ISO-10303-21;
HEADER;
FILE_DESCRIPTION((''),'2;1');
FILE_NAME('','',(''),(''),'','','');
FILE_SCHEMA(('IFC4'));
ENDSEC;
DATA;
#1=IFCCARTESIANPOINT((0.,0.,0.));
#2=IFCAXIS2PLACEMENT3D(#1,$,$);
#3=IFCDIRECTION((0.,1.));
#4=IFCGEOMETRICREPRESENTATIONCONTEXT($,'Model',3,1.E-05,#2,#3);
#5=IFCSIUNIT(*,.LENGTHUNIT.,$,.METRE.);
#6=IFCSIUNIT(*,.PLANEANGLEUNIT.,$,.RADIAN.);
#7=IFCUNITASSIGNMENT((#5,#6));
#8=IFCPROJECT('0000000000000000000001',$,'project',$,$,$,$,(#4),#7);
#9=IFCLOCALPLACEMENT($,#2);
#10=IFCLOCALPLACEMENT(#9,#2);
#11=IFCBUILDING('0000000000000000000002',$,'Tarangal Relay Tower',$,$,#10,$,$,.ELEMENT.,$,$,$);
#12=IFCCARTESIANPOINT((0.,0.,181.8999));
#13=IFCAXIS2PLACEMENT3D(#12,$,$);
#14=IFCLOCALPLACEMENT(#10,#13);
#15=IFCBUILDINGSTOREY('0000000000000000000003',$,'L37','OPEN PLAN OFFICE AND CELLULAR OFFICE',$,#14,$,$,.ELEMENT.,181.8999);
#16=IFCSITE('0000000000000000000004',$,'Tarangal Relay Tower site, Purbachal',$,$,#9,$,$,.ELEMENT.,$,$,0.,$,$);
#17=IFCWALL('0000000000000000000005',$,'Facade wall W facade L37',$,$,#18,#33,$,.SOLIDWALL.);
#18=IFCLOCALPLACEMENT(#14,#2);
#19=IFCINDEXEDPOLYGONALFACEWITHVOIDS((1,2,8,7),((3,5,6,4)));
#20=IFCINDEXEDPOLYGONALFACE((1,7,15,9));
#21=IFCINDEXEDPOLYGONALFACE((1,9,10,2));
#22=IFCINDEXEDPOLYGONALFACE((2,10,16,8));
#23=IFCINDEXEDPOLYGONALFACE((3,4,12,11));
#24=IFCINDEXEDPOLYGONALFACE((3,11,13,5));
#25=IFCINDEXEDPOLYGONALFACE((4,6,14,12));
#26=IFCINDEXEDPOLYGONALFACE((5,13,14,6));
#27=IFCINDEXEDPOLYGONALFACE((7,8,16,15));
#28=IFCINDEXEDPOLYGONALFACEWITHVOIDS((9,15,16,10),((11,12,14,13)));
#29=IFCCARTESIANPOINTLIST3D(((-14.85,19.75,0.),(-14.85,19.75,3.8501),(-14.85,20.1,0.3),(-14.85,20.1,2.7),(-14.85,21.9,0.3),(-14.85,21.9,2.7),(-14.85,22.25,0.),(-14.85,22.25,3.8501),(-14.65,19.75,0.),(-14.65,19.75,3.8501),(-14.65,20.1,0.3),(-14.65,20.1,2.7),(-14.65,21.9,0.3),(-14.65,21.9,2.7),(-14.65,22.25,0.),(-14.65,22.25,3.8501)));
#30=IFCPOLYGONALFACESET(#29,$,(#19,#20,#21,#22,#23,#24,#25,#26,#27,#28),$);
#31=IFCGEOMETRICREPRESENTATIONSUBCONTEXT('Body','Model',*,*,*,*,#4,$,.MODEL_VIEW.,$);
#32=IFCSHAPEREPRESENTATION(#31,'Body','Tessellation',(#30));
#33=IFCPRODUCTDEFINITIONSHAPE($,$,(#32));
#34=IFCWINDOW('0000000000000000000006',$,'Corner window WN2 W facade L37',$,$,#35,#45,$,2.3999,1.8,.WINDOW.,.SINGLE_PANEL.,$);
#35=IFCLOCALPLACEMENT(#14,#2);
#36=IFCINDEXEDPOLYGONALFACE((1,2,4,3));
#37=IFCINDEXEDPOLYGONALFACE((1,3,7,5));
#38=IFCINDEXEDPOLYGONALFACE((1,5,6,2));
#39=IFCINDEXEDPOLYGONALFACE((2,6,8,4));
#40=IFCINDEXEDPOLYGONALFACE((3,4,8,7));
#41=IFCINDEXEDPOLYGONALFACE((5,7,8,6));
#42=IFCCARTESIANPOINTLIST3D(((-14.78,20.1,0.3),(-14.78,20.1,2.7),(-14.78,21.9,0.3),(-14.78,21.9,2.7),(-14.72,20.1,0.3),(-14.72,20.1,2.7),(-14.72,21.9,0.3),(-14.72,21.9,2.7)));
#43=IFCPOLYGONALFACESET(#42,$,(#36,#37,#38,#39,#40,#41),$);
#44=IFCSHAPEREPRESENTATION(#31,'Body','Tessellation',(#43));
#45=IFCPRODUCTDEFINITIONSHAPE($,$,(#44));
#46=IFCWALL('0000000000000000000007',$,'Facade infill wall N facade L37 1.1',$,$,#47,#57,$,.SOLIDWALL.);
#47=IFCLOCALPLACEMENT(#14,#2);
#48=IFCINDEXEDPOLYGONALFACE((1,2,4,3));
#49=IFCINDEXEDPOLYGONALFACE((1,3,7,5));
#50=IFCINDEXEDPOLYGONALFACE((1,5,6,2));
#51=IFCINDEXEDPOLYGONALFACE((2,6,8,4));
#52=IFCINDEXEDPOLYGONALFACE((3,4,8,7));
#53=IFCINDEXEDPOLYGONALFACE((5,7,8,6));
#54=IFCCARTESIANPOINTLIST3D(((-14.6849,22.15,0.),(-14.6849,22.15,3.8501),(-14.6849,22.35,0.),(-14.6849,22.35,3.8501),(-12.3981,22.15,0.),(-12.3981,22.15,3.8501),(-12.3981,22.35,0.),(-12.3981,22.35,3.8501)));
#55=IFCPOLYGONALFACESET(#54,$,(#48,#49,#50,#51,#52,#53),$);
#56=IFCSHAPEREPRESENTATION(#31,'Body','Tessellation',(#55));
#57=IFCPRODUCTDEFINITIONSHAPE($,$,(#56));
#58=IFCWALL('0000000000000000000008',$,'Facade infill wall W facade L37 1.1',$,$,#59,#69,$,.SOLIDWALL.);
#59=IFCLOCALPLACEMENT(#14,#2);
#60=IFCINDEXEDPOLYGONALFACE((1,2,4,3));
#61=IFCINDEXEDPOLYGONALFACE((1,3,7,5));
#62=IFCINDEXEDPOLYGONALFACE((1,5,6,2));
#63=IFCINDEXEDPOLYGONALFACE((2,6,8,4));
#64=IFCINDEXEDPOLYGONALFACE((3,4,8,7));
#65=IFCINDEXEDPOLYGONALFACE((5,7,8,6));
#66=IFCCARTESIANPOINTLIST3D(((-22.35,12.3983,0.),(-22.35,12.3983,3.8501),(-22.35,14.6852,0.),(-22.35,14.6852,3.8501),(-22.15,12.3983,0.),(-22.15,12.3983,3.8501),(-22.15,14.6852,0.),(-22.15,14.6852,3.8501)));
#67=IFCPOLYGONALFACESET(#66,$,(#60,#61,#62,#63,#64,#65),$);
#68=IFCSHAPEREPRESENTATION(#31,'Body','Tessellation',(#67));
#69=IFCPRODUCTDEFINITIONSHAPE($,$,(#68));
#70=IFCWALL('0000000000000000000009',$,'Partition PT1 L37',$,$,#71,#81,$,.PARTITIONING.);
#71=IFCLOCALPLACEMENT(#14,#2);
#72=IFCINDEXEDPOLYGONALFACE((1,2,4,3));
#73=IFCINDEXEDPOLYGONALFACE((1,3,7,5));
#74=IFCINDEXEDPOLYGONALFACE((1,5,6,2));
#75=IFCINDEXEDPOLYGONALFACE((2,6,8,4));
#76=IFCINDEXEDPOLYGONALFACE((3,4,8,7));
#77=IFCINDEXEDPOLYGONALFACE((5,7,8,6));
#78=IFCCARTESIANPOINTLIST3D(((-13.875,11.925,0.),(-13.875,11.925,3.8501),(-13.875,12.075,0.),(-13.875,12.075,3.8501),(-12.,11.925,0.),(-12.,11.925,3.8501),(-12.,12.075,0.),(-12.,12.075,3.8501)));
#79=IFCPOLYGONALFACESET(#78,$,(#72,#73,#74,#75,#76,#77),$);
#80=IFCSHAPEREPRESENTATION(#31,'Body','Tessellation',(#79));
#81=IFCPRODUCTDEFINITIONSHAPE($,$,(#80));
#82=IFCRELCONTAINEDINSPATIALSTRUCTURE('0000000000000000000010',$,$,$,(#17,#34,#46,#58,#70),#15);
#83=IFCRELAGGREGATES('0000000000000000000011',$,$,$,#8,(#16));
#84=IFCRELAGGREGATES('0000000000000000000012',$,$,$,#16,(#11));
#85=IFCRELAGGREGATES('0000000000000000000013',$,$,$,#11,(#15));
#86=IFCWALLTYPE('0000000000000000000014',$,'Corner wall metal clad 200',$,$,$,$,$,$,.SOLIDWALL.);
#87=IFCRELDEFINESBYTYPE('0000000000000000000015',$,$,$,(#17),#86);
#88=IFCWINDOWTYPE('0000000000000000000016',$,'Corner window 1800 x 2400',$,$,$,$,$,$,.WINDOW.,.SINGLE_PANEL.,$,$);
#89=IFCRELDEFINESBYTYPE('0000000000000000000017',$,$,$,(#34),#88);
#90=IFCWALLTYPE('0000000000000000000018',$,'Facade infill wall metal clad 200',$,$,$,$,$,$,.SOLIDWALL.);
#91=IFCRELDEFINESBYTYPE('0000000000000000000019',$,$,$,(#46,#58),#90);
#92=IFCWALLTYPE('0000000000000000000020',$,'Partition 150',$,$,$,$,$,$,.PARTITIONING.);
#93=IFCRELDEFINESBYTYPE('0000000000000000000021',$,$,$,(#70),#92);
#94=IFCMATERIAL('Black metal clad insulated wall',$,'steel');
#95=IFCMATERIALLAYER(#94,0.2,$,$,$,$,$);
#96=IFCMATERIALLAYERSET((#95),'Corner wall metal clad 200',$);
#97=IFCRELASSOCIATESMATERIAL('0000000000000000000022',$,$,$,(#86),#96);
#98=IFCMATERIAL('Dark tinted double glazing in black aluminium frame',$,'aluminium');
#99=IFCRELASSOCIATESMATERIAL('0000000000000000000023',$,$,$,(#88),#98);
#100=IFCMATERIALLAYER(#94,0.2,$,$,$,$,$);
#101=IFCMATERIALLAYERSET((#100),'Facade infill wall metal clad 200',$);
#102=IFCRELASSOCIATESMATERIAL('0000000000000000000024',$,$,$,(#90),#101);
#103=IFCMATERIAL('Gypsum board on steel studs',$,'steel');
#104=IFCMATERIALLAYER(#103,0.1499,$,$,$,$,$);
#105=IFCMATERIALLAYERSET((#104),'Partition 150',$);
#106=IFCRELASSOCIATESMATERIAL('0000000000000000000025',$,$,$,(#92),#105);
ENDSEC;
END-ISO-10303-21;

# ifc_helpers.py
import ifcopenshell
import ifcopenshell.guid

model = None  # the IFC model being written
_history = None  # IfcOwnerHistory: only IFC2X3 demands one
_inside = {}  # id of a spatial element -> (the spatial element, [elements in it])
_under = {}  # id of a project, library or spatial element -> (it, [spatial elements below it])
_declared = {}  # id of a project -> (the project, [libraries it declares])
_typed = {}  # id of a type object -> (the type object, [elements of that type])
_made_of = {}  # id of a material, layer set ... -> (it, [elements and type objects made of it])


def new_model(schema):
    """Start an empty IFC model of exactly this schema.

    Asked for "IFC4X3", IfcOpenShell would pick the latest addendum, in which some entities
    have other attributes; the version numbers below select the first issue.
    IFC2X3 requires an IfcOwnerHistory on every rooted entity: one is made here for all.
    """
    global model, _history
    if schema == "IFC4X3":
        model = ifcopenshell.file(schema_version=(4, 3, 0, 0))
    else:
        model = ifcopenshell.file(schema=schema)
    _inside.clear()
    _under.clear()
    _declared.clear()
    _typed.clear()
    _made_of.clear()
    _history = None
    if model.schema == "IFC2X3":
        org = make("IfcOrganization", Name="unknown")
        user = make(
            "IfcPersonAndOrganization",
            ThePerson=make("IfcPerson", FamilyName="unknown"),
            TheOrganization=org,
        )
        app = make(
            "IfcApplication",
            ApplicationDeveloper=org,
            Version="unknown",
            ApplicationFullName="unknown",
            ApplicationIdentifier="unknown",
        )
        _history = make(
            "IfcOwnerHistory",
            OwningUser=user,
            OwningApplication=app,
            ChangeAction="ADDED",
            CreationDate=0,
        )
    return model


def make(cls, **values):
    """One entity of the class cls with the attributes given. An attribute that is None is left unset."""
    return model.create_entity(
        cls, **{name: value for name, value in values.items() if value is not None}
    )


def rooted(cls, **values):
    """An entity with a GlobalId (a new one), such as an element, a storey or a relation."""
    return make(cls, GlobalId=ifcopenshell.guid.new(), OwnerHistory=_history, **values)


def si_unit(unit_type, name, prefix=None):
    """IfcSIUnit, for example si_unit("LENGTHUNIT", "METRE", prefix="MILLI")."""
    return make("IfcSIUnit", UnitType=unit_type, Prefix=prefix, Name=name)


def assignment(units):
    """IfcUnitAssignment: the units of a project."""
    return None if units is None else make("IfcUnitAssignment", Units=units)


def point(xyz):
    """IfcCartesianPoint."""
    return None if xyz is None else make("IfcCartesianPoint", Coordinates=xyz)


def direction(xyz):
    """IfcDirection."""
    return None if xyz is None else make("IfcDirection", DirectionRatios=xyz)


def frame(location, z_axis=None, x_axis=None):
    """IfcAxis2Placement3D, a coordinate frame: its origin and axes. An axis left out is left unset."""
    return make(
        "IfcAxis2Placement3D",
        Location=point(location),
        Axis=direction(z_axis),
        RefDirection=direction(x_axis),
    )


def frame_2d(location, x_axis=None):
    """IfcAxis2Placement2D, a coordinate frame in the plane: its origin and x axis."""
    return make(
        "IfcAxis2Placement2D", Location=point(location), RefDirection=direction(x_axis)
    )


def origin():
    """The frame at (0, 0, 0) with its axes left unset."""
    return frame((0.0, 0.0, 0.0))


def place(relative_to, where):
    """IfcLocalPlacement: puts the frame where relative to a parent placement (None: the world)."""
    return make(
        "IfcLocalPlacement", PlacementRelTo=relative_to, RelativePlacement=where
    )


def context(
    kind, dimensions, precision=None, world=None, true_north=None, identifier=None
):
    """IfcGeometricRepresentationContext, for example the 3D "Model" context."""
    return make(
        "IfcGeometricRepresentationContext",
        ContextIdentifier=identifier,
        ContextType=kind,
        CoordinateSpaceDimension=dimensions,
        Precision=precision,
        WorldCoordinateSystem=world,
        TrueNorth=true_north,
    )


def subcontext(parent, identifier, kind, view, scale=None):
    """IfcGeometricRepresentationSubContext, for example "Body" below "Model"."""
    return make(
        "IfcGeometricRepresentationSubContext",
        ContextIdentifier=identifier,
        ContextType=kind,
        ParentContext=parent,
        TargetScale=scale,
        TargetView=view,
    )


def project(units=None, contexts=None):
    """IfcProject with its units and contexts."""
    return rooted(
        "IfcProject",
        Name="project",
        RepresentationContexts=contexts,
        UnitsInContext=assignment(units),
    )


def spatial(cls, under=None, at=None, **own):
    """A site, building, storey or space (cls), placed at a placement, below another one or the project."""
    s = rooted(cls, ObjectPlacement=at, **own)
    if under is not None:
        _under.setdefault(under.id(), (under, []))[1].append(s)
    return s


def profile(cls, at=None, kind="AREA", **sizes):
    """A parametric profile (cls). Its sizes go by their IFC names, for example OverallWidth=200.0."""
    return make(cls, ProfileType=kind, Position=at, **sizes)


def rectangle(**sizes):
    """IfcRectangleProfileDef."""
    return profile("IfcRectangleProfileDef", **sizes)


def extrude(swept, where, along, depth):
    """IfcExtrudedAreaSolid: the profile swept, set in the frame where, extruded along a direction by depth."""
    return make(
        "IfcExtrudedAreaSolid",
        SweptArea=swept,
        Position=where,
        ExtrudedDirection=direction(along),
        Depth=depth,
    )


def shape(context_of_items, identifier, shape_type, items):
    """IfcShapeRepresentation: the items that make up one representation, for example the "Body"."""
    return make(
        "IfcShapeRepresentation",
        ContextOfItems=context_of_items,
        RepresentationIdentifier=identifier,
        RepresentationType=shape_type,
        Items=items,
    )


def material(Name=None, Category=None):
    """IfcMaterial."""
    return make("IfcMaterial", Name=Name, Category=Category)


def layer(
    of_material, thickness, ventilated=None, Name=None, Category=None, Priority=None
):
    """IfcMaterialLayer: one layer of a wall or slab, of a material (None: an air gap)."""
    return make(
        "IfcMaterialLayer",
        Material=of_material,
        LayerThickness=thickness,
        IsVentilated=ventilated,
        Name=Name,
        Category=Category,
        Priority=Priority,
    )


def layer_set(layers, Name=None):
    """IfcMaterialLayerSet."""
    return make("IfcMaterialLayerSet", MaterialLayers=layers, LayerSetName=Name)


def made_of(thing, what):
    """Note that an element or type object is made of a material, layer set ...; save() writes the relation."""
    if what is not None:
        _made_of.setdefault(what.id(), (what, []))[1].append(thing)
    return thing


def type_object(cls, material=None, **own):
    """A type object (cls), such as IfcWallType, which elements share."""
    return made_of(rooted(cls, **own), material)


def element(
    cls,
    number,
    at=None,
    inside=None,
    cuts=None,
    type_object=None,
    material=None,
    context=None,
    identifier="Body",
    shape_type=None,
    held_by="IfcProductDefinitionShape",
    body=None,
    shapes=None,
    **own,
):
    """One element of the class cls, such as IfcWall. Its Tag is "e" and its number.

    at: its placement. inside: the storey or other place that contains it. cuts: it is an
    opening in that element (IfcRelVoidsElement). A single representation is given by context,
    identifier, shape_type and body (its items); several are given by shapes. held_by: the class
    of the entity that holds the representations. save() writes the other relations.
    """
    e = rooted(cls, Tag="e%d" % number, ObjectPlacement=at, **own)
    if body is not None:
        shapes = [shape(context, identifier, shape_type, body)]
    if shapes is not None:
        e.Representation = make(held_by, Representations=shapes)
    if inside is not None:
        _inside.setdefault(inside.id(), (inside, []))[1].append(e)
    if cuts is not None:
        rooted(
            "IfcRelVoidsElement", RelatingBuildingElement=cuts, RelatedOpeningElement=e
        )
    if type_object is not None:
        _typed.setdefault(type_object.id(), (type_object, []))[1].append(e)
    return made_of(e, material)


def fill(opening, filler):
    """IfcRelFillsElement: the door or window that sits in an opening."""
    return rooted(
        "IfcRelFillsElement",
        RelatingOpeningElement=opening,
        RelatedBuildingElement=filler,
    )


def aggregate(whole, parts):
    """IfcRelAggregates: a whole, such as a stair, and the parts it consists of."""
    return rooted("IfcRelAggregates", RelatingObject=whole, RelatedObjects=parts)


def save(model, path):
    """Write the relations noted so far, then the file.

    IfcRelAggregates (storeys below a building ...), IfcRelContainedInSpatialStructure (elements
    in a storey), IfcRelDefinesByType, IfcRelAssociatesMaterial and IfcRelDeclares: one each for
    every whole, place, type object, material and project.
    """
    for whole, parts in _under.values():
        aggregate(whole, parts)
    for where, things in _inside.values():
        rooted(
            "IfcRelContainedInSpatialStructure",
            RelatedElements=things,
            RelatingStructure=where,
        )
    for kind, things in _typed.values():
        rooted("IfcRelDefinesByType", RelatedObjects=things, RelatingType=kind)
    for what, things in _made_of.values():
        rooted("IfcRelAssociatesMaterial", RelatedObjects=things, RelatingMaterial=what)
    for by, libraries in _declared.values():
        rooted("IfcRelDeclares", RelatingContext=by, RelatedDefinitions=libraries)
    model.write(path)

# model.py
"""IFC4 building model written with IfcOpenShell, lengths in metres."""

from ifc_helpers import new_model, si_unit, direction, frame, frame_2d, origin, place, context, subcontext, project, spatial, rectangle, extrude, material, layer, layer_set, type_object, element, fill, save


model = new_model("IFC4")

# Units and contexts
model_context = context("Model", 3, precision=1e-05, world=origin(), true_north=direction((0.0, 1.0)))
body_context = subcontext(model_context, "Body", "Model", "MODEL_VIEW")
ifc_project = project(units=[si_unit("LENGTHUNIT", "METRE"), si_unit("PLANEANGLEUNIT", "RADIAN")], contexts=[model_context])

# Site, building, storey
site_placement = place(None, origin())
site = spatial("IfcSite", under=ifc_project, at=site_placement, Name="Tarangal Relay Tower site, Purbachal", CompositionType="ELEMENT", RefElevation=0.0)
building_placement = place(site_placement, origin())
building = spatial("IfcBuilding", under=site, at=building_placement, Name="Tarangal Relay Tower", CompositionType="ELEMENT")
storey_placement = place(building_placement, frame((0.0, 0.0, 181.8999)))
storey = spatial("IfcBuildingStorey", under=building, at=storey_placement, Name="L37", Description="OPEN PLAN OFFICE AND CELLULAR OFFICE", CompositionType="ELEMENT", Elevation=181.8999)

# Shared definitions
ifc_material_1 = material(Name="Black metal clad insulated wall", Category="steel")
ifc_layer_1 = layer(ifc_material_1, 0.2)
ifc_layer_set_1 = layer_set([ifc_layer_1], Name="Corner wall metal clad 200")
wall_type_1 = type_object("IfcWallType", Name="Corner wall metal clad 200", PredefinedType="SOLIDWALL", material=ifc_layer_set_1)

# Shared definitions
ifc_material_2 = material(Name="Dark tinted double glazing in black aluminium frame", Category="aluminium")
window_type = type_object("IfcWindowType", Name="Corner window 1800 x 2400", PartitioningType="SINGLE_PANEL", PredefinedType="WINDOW", material=ifc_material_2)

# Wall, opening, window
wall_1_placement = place(storey_placement, frame((-14.75, 19.75, 0.0), z_axis=(0.0, 0.0, 1.0), x_axis=(0.0, 1.0, 0.0)))
wall_1 = element("IfcWall", 1, at=wall_1_placement, inside=storey, type_object=wall_type_1, Name="Facade wall W facade L37", PredefinedType="SOLIDWALL", context=body_context, shape_type="SweptSolid", body=[
    extrude(rectangle(XDim=2.5, YDim=0.2, at=frame_2d((1.25, 0.0))), origin(), (0.0, 0.0, 1.0), 3.8501),
])
opening_1_placement = place(wall_1_placement, frame((0.3501, 0.0, 0.3)))
opening_1 = element("IfcOpeningElement", 2, at=opening_1_placement, cuts=wall_1, PredefinedType="OPENING", context=body_context, shape_type="SweptSolid", body=[
    extrude(rectangle(XDim=1.8, YDim=2.3999, at=frame_2d((0.8999, 1.2))), frame((0.0, 0.1099, 0.0), z_axis=(0.0, -1.0, 0.0), x_axis=(1.0, 0.0, 0.0)), (0.0, 0.0, 1.0), 0.22),
])
window_1_placement = place(opening_1_placement, origin())
window_1 = element("IfcWindow", 3, at=window_1_placement, inside=storey, type_object=window_type, Name="Corner window WN2 W facade L37", OverallHeight=2.3999, OverallWidth=1.8, PartitioningType="SINGLE_PANEL", PredefinedType="WINDOW", context=body_context, shape_type="SweptSolid", body=[
    extrude(rectangle(XDim=1.8, YDim=2.3999, at=frame_2d((0.8999, 1.2))), frame((0.0, 0.03, 0.0), z_axis=(0.0, -1.0, 0.0), x_axis=(1.0, 0.0, 0.0)), (0.0, 0.0, 1.0), 0.0601),
])
fill(opening_1, window_1)

# Walls
ifc_layer_2 = layer(ifc_material_1, 0.2)
ifc_layer_set_2 = layer_set([ifc_layer_2], Name="Facade infill wall metal clad 200")
wall_type_2 = type_object("IfcWallType", Name="Facade infill wall metal clad 200", PredefinedType="SOLIDWALL", material=ifc_layer_set_2)
for number, where, z_axis, x_axis, name in (
    (4, (-14.6851, 22.25, 0.0), (0.0, 0.0, 1.0), (1.0, 0.0, 0.0), "Facade infill wall N facade L37 1.1"),
    (5, (-22.25, 12.3982, 0.0), (0.0, 0.0, 1.0), (0.0, 1.0, 0.0), "Facade infill wall W facade L37 1.1"),
):
    element("IfcWall", number, at=place(storey_placement, frame(where, z_axis=z_axis, x_axis=x_axis)), inside=storey, type_object=wall_type_2, Name=name, PredefinedType="SOLIDWALL", context=body_context, shape_type="SweptSolid", body=[
        extrude(rectangle(XDim=2.2869, YDim=0.2, at=frame_2d((1.1436, 0.0))), origin(), (0.0, 0.0, 1.0), 3.8501),
    ])
ifc_material_3 = material(Name="Gypsum board on steel studs", Category="steel")
ifc_layer_3 = layer(ifc_material_3, 0.1499)
ifc_layer_set_3 = layer_set([ifc_layer_3], Name="Partition 150")
wall_type_3 = type_object("IfcWallType", Name="Partition 150", PredefinedType="PARTITIONING", material=ifc_layer_set_3)
wall_2_placement = place(storey_placement, frame((-13.875, 12.0, 0.0), z_axis=(0.0, 0.0, 1.0), x_axis=(1.0, 0.0, 0.0)))
element("IfcWall", 6, at=wall_2_placement, inside=storey, type_object=wall_type_3, Name="Partition PT1 L37", PredefinedType="PARTITIONING", context=body_context, shape_type="SweptSolid", body=[
    extrude(rectangle(XDim=1.875, YDim=0.1499, at=frame_2d((0.9375, 0.0))), origin(), (0.0, 0.0, 1.0), 3.8501),
])

save(model, "model.ifc")
